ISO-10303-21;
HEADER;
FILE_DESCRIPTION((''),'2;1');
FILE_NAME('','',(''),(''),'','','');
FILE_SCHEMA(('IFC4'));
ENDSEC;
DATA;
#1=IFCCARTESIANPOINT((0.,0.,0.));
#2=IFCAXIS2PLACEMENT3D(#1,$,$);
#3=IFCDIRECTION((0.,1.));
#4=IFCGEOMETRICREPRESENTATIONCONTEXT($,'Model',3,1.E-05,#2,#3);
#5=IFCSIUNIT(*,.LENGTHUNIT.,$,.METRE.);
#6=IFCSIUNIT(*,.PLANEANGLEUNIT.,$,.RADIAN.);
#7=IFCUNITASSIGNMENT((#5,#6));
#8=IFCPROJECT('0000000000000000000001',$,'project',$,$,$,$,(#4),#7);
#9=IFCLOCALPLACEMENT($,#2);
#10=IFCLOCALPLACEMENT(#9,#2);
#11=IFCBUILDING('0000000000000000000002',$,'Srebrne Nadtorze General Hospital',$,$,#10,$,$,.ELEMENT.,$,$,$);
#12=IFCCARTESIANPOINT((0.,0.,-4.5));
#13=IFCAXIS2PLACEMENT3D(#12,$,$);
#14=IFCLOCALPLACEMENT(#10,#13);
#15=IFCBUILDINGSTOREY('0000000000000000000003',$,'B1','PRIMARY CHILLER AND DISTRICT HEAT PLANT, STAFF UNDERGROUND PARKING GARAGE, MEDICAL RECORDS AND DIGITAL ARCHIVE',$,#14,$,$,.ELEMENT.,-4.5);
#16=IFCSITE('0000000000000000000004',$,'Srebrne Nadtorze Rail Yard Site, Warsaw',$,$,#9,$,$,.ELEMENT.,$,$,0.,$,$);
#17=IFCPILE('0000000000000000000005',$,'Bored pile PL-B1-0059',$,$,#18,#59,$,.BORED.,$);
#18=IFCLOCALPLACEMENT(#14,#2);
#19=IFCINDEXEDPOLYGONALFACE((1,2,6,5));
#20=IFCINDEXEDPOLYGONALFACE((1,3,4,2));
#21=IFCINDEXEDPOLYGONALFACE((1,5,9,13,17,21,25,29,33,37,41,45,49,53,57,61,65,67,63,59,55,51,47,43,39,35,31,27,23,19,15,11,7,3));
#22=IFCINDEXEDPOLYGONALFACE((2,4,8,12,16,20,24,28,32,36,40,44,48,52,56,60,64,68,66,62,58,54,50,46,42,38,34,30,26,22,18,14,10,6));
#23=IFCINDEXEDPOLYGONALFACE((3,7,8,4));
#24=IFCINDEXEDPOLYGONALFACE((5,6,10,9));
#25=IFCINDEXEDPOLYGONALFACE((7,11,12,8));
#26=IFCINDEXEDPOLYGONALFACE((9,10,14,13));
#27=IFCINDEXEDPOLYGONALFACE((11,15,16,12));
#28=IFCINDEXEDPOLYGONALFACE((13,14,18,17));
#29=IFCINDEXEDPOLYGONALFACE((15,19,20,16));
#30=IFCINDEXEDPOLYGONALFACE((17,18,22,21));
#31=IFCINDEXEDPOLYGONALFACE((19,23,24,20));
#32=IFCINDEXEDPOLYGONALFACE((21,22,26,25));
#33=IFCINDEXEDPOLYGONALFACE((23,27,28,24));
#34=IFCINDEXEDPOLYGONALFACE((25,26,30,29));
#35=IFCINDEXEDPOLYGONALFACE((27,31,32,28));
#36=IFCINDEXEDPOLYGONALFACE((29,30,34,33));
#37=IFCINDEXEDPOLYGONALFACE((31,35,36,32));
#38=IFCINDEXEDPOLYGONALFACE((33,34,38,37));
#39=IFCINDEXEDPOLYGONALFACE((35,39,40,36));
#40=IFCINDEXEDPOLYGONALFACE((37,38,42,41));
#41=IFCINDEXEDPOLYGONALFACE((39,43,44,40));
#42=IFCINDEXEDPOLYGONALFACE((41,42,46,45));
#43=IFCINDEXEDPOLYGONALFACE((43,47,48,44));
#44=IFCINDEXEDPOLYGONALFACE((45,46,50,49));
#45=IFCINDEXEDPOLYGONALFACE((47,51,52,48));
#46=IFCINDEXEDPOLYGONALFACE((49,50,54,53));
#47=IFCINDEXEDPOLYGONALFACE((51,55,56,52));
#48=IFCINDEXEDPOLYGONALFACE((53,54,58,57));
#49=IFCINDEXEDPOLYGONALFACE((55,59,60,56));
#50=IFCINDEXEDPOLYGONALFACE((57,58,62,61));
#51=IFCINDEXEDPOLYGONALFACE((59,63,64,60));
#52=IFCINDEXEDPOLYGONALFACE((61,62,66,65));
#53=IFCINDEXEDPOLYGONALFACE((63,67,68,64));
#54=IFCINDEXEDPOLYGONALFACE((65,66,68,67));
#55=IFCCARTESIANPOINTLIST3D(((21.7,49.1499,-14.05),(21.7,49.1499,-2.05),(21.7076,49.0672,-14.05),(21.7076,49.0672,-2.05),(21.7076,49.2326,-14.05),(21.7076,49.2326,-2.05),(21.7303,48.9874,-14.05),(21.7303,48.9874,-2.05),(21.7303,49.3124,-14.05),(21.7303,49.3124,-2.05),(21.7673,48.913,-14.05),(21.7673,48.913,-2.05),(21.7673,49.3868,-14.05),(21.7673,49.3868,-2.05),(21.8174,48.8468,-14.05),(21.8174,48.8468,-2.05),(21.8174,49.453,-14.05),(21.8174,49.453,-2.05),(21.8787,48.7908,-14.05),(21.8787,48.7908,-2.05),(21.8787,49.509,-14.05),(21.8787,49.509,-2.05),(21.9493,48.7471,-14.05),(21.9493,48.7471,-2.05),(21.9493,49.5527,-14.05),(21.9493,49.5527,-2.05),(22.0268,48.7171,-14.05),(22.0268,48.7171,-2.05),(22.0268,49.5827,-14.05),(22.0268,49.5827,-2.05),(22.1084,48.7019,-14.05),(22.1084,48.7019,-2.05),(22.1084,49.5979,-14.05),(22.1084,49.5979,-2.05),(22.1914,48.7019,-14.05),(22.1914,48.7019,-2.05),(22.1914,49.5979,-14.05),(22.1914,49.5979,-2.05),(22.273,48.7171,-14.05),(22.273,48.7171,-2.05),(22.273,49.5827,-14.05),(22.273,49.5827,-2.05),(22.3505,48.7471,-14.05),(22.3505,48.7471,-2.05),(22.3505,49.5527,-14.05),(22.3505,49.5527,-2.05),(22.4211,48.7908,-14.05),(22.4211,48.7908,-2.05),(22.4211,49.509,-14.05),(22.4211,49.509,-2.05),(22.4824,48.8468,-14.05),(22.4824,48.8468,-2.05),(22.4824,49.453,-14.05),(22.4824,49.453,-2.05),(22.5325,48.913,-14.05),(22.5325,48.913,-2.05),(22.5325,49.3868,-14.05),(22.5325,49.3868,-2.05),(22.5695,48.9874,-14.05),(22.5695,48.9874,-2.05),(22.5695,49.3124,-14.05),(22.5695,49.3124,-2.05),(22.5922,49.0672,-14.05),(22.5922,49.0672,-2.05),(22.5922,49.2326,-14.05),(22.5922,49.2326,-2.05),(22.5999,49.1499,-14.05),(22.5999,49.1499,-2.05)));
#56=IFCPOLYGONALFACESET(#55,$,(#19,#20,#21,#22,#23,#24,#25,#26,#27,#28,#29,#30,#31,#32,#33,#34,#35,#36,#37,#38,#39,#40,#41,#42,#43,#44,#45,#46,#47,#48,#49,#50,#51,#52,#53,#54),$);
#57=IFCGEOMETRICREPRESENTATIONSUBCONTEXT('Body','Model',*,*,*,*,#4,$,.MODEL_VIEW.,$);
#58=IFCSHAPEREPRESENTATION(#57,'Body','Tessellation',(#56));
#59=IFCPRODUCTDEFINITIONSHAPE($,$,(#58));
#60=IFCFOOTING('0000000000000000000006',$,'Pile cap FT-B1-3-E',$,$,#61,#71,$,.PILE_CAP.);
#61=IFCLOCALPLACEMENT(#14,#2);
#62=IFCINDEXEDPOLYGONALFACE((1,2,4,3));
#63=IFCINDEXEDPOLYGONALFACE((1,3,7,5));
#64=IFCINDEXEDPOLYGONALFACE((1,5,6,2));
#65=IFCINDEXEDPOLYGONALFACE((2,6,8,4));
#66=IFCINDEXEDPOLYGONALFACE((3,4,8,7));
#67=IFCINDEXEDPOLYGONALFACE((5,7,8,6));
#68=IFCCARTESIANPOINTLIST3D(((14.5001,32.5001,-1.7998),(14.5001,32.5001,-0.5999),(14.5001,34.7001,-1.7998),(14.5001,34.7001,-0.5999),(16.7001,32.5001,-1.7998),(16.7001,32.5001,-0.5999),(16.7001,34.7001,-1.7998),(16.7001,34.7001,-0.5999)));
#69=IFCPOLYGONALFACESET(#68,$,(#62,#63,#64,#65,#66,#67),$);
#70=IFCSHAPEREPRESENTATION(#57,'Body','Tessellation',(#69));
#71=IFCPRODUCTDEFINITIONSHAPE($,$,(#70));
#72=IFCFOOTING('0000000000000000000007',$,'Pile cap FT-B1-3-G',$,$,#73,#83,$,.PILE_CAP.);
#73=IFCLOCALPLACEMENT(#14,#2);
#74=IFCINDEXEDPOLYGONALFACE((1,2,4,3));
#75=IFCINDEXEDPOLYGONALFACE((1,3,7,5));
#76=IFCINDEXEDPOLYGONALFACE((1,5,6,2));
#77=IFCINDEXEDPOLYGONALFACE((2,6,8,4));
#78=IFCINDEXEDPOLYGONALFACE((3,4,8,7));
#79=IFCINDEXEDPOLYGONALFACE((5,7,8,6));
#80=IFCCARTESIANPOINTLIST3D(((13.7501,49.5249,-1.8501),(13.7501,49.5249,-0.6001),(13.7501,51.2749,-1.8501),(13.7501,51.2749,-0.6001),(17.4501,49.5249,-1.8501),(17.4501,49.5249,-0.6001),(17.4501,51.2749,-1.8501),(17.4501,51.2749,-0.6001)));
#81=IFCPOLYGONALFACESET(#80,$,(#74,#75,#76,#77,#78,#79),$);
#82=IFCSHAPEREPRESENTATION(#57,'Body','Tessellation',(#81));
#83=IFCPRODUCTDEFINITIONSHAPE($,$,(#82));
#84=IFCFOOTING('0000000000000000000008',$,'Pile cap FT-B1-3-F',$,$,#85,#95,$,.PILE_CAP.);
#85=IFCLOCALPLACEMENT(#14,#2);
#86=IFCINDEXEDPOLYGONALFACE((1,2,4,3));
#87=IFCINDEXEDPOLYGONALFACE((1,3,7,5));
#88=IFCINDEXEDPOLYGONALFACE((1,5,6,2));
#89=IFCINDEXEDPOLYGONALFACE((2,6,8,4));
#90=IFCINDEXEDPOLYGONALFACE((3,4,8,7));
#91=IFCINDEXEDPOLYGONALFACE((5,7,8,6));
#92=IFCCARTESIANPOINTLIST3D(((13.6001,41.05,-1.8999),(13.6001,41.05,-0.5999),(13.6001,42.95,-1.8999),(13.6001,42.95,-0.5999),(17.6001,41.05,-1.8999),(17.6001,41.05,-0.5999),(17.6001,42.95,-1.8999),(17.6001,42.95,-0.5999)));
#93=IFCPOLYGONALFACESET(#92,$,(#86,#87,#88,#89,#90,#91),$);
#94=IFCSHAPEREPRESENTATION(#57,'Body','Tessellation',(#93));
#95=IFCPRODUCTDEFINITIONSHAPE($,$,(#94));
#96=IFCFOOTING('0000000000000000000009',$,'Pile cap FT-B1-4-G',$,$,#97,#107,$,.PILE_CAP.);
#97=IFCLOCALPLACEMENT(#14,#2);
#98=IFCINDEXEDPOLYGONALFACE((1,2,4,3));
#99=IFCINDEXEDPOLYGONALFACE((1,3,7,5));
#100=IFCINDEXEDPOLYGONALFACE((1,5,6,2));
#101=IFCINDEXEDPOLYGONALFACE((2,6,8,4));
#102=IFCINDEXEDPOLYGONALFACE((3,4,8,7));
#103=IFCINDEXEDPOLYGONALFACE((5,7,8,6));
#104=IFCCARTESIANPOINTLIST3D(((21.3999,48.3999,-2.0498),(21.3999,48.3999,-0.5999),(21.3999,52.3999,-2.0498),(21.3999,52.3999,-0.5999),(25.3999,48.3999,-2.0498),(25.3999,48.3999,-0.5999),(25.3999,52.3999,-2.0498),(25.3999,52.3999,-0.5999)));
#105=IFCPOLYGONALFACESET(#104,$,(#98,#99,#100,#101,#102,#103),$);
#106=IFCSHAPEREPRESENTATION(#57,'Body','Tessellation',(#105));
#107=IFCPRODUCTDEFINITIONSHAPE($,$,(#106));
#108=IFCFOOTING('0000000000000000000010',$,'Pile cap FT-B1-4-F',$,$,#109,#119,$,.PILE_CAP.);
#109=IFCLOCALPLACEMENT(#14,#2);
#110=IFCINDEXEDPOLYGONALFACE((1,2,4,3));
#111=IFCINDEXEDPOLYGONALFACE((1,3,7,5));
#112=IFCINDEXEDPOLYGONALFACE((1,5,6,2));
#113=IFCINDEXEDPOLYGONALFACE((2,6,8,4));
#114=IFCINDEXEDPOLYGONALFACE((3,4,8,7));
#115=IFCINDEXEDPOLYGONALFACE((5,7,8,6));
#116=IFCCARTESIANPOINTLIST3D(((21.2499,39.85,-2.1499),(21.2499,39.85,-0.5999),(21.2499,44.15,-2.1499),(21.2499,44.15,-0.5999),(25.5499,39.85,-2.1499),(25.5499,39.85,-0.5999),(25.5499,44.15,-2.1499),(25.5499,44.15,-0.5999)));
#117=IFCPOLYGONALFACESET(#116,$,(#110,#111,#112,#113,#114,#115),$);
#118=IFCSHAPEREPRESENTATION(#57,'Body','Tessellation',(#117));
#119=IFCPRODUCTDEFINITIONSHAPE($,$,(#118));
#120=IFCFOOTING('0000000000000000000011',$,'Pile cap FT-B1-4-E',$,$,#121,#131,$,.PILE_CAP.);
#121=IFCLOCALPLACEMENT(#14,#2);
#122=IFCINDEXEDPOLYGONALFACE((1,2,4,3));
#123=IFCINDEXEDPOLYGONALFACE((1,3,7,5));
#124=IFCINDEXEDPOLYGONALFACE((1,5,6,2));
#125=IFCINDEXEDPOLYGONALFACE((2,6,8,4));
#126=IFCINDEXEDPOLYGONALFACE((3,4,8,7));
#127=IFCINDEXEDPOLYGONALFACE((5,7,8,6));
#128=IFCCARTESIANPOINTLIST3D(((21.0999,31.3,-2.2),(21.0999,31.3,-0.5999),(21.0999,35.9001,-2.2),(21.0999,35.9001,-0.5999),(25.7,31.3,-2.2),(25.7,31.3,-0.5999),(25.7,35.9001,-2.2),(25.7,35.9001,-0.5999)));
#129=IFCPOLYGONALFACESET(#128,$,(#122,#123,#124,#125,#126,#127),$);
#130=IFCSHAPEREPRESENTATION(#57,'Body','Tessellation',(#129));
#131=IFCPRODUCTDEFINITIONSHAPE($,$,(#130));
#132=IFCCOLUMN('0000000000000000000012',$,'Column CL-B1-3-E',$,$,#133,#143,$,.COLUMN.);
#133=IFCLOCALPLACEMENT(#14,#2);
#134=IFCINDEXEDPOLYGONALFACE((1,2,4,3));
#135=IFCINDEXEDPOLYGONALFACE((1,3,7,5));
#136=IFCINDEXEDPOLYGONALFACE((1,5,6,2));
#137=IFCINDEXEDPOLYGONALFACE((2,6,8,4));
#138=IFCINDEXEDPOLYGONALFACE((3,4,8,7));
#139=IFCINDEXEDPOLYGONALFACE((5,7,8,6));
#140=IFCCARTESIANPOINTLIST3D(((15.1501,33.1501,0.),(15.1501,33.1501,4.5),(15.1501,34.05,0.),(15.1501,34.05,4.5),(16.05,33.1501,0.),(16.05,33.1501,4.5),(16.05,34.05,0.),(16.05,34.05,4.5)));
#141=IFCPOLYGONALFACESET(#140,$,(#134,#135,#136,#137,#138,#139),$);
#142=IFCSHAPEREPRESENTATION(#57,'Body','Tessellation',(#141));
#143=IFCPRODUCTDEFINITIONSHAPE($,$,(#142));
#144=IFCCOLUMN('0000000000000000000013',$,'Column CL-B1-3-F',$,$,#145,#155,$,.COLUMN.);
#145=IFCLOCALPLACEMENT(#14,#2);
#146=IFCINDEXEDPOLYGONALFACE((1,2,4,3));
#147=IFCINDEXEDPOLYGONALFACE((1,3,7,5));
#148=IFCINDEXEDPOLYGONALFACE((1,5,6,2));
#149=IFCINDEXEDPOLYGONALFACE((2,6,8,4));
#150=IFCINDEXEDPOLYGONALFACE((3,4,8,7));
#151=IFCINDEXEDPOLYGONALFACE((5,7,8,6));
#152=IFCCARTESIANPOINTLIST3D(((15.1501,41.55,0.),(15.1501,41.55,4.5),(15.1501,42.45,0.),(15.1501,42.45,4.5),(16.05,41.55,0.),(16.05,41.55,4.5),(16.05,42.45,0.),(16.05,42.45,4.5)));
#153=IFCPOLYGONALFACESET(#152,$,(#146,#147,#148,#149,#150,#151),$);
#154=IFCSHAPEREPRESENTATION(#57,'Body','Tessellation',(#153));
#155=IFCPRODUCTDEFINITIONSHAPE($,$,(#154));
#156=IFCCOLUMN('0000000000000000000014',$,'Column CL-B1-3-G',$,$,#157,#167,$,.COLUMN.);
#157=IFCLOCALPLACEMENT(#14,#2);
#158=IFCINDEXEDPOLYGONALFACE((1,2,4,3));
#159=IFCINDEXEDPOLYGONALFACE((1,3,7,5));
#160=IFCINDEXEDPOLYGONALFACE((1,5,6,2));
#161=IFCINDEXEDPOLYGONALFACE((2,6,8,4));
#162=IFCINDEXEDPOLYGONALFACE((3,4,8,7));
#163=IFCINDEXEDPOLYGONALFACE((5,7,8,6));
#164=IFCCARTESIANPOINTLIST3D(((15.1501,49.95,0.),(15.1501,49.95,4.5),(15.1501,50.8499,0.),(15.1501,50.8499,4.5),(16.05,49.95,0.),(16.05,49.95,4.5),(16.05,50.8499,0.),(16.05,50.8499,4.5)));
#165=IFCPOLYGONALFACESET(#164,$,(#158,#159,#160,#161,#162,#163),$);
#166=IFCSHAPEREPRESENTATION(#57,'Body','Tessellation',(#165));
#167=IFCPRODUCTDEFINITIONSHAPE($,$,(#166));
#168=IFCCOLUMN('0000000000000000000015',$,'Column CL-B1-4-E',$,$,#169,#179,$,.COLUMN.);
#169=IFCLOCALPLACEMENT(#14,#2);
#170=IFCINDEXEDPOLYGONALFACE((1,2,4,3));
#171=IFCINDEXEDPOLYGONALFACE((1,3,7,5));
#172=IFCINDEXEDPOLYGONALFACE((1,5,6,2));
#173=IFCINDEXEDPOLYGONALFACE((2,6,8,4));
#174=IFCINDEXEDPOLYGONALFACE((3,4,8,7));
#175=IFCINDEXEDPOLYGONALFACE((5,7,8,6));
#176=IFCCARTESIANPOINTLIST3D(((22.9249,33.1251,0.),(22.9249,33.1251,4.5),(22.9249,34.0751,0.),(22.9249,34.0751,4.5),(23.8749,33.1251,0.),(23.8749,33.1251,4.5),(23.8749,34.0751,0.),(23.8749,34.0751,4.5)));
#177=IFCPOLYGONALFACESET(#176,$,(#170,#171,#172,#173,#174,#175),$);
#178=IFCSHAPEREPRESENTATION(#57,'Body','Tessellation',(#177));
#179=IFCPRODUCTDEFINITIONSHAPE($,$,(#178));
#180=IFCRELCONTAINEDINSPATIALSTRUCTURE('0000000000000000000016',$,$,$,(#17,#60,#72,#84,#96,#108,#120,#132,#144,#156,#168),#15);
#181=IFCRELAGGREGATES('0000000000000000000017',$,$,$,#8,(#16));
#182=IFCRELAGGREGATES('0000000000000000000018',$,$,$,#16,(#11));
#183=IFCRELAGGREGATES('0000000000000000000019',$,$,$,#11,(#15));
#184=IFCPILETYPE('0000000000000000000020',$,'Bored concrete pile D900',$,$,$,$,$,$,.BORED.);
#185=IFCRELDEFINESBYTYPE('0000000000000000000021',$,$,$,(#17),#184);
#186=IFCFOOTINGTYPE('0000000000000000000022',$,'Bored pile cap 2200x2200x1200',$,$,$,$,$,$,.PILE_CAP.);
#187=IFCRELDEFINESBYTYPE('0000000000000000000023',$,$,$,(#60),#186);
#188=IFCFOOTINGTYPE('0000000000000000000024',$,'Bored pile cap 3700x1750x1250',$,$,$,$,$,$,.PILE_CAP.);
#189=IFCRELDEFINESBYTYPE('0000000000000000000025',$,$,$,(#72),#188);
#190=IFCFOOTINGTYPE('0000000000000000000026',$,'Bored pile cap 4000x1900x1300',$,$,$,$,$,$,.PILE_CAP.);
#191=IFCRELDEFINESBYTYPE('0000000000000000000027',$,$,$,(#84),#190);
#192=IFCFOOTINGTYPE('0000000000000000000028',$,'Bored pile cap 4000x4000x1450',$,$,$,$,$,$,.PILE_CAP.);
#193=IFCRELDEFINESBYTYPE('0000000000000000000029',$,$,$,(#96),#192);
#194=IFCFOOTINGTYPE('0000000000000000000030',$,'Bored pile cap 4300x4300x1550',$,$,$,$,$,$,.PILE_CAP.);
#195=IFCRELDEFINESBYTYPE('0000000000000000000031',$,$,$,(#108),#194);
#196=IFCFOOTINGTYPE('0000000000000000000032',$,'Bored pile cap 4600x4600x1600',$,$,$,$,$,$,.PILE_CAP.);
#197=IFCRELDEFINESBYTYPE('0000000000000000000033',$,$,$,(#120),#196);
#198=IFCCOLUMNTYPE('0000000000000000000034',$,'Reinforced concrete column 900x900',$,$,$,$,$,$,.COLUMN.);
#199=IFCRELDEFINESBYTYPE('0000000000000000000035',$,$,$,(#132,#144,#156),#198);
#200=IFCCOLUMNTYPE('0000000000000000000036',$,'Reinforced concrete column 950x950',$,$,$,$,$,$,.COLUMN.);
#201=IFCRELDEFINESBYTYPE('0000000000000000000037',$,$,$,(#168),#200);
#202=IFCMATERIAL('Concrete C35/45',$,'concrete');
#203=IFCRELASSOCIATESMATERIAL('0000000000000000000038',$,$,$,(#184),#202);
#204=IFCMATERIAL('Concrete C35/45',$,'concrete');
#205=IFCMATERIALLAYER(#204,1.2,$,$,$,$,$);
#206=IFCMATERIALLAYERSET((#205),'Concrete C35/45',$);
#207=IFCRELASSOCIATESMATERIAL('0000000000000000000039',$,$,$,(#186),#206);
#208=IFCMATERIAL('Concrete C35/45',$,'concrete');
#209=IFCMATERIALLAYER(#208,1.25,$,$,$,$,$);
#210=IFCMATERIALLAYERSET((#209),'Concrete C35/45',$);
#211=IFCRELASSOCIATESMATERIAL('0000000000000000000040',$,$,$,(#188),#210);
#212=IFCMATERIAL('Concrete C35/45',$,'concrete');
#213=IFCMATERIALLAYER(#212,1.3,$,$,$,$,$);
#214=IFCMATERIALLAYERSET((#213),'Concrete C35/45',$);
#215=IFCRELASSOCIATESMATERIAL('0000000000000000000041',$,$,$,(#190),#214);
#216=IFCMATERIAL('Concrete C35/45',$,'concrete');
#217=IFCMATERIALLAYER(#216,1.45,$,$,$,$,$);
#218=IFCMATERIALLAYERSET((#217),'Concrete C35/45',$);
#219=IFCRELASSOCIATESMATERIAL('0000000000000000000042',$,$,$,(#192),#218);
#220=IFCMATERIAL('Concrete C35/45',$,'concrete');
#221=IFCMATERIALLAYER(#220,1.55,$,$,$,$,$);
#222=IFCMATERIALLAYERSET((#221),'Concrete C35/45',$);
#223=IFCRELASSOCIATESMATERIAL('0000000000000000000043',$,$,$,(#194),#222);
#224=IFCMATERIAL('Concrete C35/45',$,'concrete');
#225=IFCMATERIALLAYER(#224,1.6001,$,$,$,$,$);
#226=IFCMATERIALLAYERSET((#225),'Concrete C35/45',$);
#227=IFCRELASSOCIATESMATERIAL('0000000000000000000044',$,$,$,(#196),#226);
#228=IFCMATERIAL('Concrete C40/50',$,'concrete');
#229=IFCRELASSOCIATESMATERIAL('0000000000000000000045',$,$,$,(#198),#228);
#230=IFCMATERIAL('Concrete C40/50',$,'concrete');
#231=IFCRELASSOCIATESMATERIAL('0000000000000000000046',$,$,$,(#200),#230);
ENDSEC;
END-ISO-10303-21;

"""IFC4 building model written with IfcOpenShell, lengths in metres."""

from ifc_helpers import new_model, si_unit, direction, frame, origin, origin_2d, place, context, subcontext, project, spatial, rectangle, circle, extrude, material, layer, layer_set, material_profile, profile_set, type_object, element, save


model = new_model("IFC4")

# Units and contexts
model_context = context("Model", 3, precision=1e-05, world=origin(), true_north=direction((0.0, 1.0)))
body_context = subcontext(model_context, "Body", "Model", "MODEL_VIEW")
ifc_project = project(units=[si_unit("LENGTHUNIT", "METRE"), si_unit("PLANEANGLEUNIT", "RADIAN")], contexts=[model_context])

# Site, building, storey
site_placement = place(None, origin())
site = spatial("IfcSite", under=ifc_project, at=site_placement, Name="Srebrne Nadtorze Rail Yard Site, Warsaw", CompositionType="ELEMENT", RefElevation=0.0)
building_placement = place(site_placement, origin())
building = spatial("IfcBuilding", under=site, at=building_placement, Name="Srebrne Nadtorze General Hospital", CompositionType="ELEMENT")
storey_placement = place(building_placement, frame((0.0, 0.0, -4.5)))
storey = spatial("IfcBuildingStorey", under=building, at=storey_placement, Name="B1", Description="PRIMARY CHILLER AND DISTRICT HEAT PLANT, STAFF UNDERGROUND PARKING GARAGE, MEDICAL RECORDS AND DIGITAL ARCHIVE", CompositionType="ELEMENT", Elevation=-4.5)

# Pile
ifc_material_1 = material(Name="Concrete C35/45", Category="concrete")
ifc_material_profile_1 = material_profile(ifc_material_1, circle(Radius=0.45, at=origin_2d()), Name="PILE-D900")
ifc_profile_set_1 = profile_set([ifc_material_profile_1], Name="Concrete C35/45")
pile_type_1 = type_object("IfcPileType", Name="Bored concrete pile D900", PredefinedType="BORED", material=ifc_profile_set_1)
for number, where, z_axis, x_axis, name in (
    (1, (22.1499, 49.1499, -2.05), (0.0, 0.0, -1.0), (1.0, 0.0, 0.0), "Bored pile PL-B1-0059"),
):
    element("IfcPile", number, at=place(storey_placement, frame(where, z_axis=z_axis, x_axis=x_axis)), inside=storey, type_object=pile_type_1, Name=name, PredefinedType="BORED", context=body_context, shape_type="SweptSolid", body=[
        extrude(circle(Radius=0.45, at=origin_2d()), origin(), (0.0, 0.0, 1.0), 12.0),
    ])

# Footings
ifc_material_2 = material(Name="Concrete C35/45", Category="concrete")
ifc_layer_1 = layer(ifc_material_2, 1.2)
ifc_layer_set_1 = layer_set([ifc_layer_1], Name="Concrete C35/45")
footing_type_1 = type_object("IfcFootingType", Name="Bored pile cap 2200x2200x1200", PredefinedType="PILE_CAP", material=ifc_layer_set_1)
footing_1_placement = place(storey_placement, frame((15.6001, 33.6001, -1.7998), z_axis=(0.0, 0.0, 1.0), x_axis=(1.0, 0.0, 0.0)))
element("IfcFooting", 2, at=footing_1_placement, inside=storey, type_object=footing_type_1, Name="Pile cap FT-B1-3-E", PredefinedType="PILE_CAP", context=body_context, shape_type="SweptSolid", body=[
    extrude(rectangle(XDim=2.2, YDim=2.2, at=origin_2d()), origin(), (0.0, 0.0, 1.0), 1.2),
])
ifc_material_3 = material(Name="Concrete C35/45", Category="concrete")
ifc_layer_2 = layer(ifc_material_3, 1.25)
ifc_layer_set_2 = layer_set([ifc_layer_2], Name="Concrete C35/45")
footing_type_2 = type_object("IfcFootingType", Name="Bored pile cap 3700x1750x1250", PredefinedType="PILE_CAP", material=ifc_layer_set_2)
footing_2_placement = place(storey_placement, frame((15.6001, 50.3999, -1.8501), z_axis=(0.0, 0.0, 1.0), x_axis=(1.0, 0.0, 0.0)))
element("IfcFooting", 3, at=footing_2_placement, inside=storey, type_object=footing_type_2, Name="Pile cap FT-B1-3-G", PredefinedType="PILE_CAP", context=body_context, shape_type="SweptSolid", body=[
    extrude(rectangle(XDim=3.7, YDim=1.75, at=origin_2d()), origin(), (0.0, 0.0, 1.0), 1.25),
])
ifc_material_4 = material(Name="Concrete C35/45", Category="concrete")
ifc_layer_3 = layer(ifc_material_4, 1.3)
ifc_layer_set_3 = layer_set([ifc_layer_3], Name="Concrete C35/45")
footing_type_3 = type_object("IfcFootingType", Name="Bored pile cap 4000x1900x1300", PredefinedType="PILE_CAP", material=ifc_layer_set_3)
footing_3_placement = place(storey_placement, frame((15.6001, 42.0, -1.8999), z_axis=(0.0, 0.0, 1.0), x_axis=(1.0, 0.0, 0.0)))
element("IfcFooting", 4, at=footing_3_placement, inside=storey, type_object=footing_type_3, Name="Pile cap FT-B1-3-F", PredefinedType="PILE_CAP", context=body_context, shape_type="SweptSolid", body=[
    extrude(rectangle(XDim=4.0, YDim=1.8999, at=origin_2d()), origin(), (0.0, 0.0, 1.0), 1.3),
])
ifc_material_5 = material(Name="Concrete C35/45", Category="concrete")
ifc_layer_4 = layer(ifc_material_5, 1.45)
ifc_layer_set_4 = layer_set([ifc_layer_4], Name="Concrete C35/45")
footing_type_4 = type_object("IfcFootingType", Name="Bored pile cap 4000x4000x1450", PredefinedType="PILE_CAP", material=ifc_layer_set_4)
footing_4_placement = place(storey_placement, frame((23.3999, 50.3999, -2.0498), z_axis=(0.0, 0.0, 1.0), x_axis=(1.0, 0.0, 0.0)))
element("IfcFooting", 5, at=footing_4_placement, inside=storey, type_object=footing_type_4, Name="Pile cap FT-B1-4-G", PredefinedType="PILE_CAP", context=body_context, shape_type="SweptSolid", body=[
    extrude(rectangle(XDim=4.0, YDim=4.0, at=origin_2d()), origin(), (0.0, 0.0, 1.0), 1.45),
])
ifc_material_6 = material(Name="Concrete C35/45", Category="concrete")
ifc_layer_5 = layer(ifc_material_6, 1.55)
ifc_layer_set_5 = layer_set([ifc_layer_5], Name="Concrete C35/45")
footing_type_5 = type_object("IfcFootingType", Name="Bored pile cap 4300x4300x1550", PredefinedType="PILE_CAP", material=ifc_layer_set_5)
footing_5_placement = place(storey_placement, frame((23.3999, 42.0, -2.1499), z_axis=(0.0, 0.0, 1.0), x_axis=(1.0, 0.0, 0.0)))
element("IfcFooting", 6, at=footing_5_placement, inside=storey, type_object=footing_type_5, Name="Pile cap FT-B1-4-F", PredefinedType="PILE_CAP", context=body_context, shape_type="SweptSolid", body=[
    extrude(rectangle(XDim=4.3, YDim=4.3, at=origin_2d()), origin(), (0.0, 0.0, 1.0), 1.55),
])
ifc_material_7 = material(Name="Concrete C35/45", Category="concrete")
ifc_layer_6 = layer(ifc_material_7, 1.6001)
ifc_layer_set_6 = layer_set([ifc_layer_6], Name="Concrete C35/45")
footing_type_6 = type_object("IfcFootingType", Name="Bored pile cap 4600x4600x1600", PredefinedType="PILE_CAP", material=ifc_layer_set_6)
footing_6_placement = place(storey_placement, frame((23.3999, 33.6001, -2.2), z_axis=(0.0, 0.0, 1.0), x_axis=(1.0, 0.0, 0.0)))
element("IfcFooting", 7, at=footing_6_placement, inside=storey, type_object=footing_type_6, Name="Pile cap FT-B1-4-E", PredefinedType="PILE_CAP", context=body_context, shape_type="SweptSolid", body=[
    extrude(rectangle(XDim=4.6001, YDim=4.6001, at=origin_2d()), origin(), (0.0, 0.0, 1.0), 1.6001),
])

# Columns
ifc_material_8 = material(Name="Concrete C40/50", Category="concrete")
ifc_material_profile_2 = material_profile(ifc_material_8, rectangle(XDim=0.8999, YDim=0.8999, at=origin_2d()), Name="RC-COL-900x900")
ifc_profile_set_2 = profile_set([ifc_material_profile_2], Name="Concrete C40/50")
column_type_1 = type_object("IfcColumnType", Name="Reinforced concrete column 900x900", PredefinedType="COLUMN", material=ifc_profile_set_2)
for number, where, z_axis, x_axis, name in (
    (8, (15.6001, 33.6001, 0.0), (0.0, 0.0, 1.0), (1.0, 0.0, 0.0), "Column CL-B1-3-E"),
    (9, (15.6001, 42.0, 0.0), (0.0, 0.0, 1.0), (1.0, 0.0, 0.0), "Column CL-B1-3-F"),
    (10, (15.6001, 50.3999, 0.0), (0.0, 0.0, 1.0), (1.0, 0.0, 0.0), "Column CL-B1-3-G"),
):
    element("IfcColumn", number, at=place(storey_placement, frame(where, z_axis=z_axis, x_axis=x_axis)), inside=storey, type_object=column_type_1, Name=name, PredefinedType="COLUMN", context=body_context, shape_type="SweptSolid", body=[
        extrude(rectangle(XDim=0.8999, YDim=0.8999, at=origin_2d()), origin(), (0.0, 0.0, 1.0), 4.5),
    ])
ifc_material_9 = material(Name="Concrete C40/50", Category="concrete")
ifc_material_profile_3 = material_profile(ifc_material_9, rectangle(XDim=0.95, YDim=0.95, at=origin_2d()), Name="RC-COL-950x950")
ifc_profile_set_3 = profile_set([ifc_material_profile_3], Name="Concrete C40/50")
column_type_2 = type_object("IfcColumnType", Name="Reinforced concrete column 950x950", PredefinedType="COLUMN", material=ifc_profile_set_3)
for number, where, z_axis, x_axis, name in (
    (11, (23.3999, 33.6001, 0.0), (0.0, 0.0, 1.0), (1.0, 0.0, 0.0), "Column CL-B1-4-E"),
):
    element("IfcColumn", number, at=place(storey_placement, frame(where, z_axis=z_axis, x_axis=x_axis)), inside=storey, type_object=column_type_2, Name=name, PredefinedType="COLUMN", context=body_context, shape_type="SweptSolid", body=[
        extrude(rectangle(XDim=0.95, YDim=0.95, at=origin_2d()), origin(), (0.0, 0.0, 1.0), 4.5),
    ])

save(model, "model.ifc")
